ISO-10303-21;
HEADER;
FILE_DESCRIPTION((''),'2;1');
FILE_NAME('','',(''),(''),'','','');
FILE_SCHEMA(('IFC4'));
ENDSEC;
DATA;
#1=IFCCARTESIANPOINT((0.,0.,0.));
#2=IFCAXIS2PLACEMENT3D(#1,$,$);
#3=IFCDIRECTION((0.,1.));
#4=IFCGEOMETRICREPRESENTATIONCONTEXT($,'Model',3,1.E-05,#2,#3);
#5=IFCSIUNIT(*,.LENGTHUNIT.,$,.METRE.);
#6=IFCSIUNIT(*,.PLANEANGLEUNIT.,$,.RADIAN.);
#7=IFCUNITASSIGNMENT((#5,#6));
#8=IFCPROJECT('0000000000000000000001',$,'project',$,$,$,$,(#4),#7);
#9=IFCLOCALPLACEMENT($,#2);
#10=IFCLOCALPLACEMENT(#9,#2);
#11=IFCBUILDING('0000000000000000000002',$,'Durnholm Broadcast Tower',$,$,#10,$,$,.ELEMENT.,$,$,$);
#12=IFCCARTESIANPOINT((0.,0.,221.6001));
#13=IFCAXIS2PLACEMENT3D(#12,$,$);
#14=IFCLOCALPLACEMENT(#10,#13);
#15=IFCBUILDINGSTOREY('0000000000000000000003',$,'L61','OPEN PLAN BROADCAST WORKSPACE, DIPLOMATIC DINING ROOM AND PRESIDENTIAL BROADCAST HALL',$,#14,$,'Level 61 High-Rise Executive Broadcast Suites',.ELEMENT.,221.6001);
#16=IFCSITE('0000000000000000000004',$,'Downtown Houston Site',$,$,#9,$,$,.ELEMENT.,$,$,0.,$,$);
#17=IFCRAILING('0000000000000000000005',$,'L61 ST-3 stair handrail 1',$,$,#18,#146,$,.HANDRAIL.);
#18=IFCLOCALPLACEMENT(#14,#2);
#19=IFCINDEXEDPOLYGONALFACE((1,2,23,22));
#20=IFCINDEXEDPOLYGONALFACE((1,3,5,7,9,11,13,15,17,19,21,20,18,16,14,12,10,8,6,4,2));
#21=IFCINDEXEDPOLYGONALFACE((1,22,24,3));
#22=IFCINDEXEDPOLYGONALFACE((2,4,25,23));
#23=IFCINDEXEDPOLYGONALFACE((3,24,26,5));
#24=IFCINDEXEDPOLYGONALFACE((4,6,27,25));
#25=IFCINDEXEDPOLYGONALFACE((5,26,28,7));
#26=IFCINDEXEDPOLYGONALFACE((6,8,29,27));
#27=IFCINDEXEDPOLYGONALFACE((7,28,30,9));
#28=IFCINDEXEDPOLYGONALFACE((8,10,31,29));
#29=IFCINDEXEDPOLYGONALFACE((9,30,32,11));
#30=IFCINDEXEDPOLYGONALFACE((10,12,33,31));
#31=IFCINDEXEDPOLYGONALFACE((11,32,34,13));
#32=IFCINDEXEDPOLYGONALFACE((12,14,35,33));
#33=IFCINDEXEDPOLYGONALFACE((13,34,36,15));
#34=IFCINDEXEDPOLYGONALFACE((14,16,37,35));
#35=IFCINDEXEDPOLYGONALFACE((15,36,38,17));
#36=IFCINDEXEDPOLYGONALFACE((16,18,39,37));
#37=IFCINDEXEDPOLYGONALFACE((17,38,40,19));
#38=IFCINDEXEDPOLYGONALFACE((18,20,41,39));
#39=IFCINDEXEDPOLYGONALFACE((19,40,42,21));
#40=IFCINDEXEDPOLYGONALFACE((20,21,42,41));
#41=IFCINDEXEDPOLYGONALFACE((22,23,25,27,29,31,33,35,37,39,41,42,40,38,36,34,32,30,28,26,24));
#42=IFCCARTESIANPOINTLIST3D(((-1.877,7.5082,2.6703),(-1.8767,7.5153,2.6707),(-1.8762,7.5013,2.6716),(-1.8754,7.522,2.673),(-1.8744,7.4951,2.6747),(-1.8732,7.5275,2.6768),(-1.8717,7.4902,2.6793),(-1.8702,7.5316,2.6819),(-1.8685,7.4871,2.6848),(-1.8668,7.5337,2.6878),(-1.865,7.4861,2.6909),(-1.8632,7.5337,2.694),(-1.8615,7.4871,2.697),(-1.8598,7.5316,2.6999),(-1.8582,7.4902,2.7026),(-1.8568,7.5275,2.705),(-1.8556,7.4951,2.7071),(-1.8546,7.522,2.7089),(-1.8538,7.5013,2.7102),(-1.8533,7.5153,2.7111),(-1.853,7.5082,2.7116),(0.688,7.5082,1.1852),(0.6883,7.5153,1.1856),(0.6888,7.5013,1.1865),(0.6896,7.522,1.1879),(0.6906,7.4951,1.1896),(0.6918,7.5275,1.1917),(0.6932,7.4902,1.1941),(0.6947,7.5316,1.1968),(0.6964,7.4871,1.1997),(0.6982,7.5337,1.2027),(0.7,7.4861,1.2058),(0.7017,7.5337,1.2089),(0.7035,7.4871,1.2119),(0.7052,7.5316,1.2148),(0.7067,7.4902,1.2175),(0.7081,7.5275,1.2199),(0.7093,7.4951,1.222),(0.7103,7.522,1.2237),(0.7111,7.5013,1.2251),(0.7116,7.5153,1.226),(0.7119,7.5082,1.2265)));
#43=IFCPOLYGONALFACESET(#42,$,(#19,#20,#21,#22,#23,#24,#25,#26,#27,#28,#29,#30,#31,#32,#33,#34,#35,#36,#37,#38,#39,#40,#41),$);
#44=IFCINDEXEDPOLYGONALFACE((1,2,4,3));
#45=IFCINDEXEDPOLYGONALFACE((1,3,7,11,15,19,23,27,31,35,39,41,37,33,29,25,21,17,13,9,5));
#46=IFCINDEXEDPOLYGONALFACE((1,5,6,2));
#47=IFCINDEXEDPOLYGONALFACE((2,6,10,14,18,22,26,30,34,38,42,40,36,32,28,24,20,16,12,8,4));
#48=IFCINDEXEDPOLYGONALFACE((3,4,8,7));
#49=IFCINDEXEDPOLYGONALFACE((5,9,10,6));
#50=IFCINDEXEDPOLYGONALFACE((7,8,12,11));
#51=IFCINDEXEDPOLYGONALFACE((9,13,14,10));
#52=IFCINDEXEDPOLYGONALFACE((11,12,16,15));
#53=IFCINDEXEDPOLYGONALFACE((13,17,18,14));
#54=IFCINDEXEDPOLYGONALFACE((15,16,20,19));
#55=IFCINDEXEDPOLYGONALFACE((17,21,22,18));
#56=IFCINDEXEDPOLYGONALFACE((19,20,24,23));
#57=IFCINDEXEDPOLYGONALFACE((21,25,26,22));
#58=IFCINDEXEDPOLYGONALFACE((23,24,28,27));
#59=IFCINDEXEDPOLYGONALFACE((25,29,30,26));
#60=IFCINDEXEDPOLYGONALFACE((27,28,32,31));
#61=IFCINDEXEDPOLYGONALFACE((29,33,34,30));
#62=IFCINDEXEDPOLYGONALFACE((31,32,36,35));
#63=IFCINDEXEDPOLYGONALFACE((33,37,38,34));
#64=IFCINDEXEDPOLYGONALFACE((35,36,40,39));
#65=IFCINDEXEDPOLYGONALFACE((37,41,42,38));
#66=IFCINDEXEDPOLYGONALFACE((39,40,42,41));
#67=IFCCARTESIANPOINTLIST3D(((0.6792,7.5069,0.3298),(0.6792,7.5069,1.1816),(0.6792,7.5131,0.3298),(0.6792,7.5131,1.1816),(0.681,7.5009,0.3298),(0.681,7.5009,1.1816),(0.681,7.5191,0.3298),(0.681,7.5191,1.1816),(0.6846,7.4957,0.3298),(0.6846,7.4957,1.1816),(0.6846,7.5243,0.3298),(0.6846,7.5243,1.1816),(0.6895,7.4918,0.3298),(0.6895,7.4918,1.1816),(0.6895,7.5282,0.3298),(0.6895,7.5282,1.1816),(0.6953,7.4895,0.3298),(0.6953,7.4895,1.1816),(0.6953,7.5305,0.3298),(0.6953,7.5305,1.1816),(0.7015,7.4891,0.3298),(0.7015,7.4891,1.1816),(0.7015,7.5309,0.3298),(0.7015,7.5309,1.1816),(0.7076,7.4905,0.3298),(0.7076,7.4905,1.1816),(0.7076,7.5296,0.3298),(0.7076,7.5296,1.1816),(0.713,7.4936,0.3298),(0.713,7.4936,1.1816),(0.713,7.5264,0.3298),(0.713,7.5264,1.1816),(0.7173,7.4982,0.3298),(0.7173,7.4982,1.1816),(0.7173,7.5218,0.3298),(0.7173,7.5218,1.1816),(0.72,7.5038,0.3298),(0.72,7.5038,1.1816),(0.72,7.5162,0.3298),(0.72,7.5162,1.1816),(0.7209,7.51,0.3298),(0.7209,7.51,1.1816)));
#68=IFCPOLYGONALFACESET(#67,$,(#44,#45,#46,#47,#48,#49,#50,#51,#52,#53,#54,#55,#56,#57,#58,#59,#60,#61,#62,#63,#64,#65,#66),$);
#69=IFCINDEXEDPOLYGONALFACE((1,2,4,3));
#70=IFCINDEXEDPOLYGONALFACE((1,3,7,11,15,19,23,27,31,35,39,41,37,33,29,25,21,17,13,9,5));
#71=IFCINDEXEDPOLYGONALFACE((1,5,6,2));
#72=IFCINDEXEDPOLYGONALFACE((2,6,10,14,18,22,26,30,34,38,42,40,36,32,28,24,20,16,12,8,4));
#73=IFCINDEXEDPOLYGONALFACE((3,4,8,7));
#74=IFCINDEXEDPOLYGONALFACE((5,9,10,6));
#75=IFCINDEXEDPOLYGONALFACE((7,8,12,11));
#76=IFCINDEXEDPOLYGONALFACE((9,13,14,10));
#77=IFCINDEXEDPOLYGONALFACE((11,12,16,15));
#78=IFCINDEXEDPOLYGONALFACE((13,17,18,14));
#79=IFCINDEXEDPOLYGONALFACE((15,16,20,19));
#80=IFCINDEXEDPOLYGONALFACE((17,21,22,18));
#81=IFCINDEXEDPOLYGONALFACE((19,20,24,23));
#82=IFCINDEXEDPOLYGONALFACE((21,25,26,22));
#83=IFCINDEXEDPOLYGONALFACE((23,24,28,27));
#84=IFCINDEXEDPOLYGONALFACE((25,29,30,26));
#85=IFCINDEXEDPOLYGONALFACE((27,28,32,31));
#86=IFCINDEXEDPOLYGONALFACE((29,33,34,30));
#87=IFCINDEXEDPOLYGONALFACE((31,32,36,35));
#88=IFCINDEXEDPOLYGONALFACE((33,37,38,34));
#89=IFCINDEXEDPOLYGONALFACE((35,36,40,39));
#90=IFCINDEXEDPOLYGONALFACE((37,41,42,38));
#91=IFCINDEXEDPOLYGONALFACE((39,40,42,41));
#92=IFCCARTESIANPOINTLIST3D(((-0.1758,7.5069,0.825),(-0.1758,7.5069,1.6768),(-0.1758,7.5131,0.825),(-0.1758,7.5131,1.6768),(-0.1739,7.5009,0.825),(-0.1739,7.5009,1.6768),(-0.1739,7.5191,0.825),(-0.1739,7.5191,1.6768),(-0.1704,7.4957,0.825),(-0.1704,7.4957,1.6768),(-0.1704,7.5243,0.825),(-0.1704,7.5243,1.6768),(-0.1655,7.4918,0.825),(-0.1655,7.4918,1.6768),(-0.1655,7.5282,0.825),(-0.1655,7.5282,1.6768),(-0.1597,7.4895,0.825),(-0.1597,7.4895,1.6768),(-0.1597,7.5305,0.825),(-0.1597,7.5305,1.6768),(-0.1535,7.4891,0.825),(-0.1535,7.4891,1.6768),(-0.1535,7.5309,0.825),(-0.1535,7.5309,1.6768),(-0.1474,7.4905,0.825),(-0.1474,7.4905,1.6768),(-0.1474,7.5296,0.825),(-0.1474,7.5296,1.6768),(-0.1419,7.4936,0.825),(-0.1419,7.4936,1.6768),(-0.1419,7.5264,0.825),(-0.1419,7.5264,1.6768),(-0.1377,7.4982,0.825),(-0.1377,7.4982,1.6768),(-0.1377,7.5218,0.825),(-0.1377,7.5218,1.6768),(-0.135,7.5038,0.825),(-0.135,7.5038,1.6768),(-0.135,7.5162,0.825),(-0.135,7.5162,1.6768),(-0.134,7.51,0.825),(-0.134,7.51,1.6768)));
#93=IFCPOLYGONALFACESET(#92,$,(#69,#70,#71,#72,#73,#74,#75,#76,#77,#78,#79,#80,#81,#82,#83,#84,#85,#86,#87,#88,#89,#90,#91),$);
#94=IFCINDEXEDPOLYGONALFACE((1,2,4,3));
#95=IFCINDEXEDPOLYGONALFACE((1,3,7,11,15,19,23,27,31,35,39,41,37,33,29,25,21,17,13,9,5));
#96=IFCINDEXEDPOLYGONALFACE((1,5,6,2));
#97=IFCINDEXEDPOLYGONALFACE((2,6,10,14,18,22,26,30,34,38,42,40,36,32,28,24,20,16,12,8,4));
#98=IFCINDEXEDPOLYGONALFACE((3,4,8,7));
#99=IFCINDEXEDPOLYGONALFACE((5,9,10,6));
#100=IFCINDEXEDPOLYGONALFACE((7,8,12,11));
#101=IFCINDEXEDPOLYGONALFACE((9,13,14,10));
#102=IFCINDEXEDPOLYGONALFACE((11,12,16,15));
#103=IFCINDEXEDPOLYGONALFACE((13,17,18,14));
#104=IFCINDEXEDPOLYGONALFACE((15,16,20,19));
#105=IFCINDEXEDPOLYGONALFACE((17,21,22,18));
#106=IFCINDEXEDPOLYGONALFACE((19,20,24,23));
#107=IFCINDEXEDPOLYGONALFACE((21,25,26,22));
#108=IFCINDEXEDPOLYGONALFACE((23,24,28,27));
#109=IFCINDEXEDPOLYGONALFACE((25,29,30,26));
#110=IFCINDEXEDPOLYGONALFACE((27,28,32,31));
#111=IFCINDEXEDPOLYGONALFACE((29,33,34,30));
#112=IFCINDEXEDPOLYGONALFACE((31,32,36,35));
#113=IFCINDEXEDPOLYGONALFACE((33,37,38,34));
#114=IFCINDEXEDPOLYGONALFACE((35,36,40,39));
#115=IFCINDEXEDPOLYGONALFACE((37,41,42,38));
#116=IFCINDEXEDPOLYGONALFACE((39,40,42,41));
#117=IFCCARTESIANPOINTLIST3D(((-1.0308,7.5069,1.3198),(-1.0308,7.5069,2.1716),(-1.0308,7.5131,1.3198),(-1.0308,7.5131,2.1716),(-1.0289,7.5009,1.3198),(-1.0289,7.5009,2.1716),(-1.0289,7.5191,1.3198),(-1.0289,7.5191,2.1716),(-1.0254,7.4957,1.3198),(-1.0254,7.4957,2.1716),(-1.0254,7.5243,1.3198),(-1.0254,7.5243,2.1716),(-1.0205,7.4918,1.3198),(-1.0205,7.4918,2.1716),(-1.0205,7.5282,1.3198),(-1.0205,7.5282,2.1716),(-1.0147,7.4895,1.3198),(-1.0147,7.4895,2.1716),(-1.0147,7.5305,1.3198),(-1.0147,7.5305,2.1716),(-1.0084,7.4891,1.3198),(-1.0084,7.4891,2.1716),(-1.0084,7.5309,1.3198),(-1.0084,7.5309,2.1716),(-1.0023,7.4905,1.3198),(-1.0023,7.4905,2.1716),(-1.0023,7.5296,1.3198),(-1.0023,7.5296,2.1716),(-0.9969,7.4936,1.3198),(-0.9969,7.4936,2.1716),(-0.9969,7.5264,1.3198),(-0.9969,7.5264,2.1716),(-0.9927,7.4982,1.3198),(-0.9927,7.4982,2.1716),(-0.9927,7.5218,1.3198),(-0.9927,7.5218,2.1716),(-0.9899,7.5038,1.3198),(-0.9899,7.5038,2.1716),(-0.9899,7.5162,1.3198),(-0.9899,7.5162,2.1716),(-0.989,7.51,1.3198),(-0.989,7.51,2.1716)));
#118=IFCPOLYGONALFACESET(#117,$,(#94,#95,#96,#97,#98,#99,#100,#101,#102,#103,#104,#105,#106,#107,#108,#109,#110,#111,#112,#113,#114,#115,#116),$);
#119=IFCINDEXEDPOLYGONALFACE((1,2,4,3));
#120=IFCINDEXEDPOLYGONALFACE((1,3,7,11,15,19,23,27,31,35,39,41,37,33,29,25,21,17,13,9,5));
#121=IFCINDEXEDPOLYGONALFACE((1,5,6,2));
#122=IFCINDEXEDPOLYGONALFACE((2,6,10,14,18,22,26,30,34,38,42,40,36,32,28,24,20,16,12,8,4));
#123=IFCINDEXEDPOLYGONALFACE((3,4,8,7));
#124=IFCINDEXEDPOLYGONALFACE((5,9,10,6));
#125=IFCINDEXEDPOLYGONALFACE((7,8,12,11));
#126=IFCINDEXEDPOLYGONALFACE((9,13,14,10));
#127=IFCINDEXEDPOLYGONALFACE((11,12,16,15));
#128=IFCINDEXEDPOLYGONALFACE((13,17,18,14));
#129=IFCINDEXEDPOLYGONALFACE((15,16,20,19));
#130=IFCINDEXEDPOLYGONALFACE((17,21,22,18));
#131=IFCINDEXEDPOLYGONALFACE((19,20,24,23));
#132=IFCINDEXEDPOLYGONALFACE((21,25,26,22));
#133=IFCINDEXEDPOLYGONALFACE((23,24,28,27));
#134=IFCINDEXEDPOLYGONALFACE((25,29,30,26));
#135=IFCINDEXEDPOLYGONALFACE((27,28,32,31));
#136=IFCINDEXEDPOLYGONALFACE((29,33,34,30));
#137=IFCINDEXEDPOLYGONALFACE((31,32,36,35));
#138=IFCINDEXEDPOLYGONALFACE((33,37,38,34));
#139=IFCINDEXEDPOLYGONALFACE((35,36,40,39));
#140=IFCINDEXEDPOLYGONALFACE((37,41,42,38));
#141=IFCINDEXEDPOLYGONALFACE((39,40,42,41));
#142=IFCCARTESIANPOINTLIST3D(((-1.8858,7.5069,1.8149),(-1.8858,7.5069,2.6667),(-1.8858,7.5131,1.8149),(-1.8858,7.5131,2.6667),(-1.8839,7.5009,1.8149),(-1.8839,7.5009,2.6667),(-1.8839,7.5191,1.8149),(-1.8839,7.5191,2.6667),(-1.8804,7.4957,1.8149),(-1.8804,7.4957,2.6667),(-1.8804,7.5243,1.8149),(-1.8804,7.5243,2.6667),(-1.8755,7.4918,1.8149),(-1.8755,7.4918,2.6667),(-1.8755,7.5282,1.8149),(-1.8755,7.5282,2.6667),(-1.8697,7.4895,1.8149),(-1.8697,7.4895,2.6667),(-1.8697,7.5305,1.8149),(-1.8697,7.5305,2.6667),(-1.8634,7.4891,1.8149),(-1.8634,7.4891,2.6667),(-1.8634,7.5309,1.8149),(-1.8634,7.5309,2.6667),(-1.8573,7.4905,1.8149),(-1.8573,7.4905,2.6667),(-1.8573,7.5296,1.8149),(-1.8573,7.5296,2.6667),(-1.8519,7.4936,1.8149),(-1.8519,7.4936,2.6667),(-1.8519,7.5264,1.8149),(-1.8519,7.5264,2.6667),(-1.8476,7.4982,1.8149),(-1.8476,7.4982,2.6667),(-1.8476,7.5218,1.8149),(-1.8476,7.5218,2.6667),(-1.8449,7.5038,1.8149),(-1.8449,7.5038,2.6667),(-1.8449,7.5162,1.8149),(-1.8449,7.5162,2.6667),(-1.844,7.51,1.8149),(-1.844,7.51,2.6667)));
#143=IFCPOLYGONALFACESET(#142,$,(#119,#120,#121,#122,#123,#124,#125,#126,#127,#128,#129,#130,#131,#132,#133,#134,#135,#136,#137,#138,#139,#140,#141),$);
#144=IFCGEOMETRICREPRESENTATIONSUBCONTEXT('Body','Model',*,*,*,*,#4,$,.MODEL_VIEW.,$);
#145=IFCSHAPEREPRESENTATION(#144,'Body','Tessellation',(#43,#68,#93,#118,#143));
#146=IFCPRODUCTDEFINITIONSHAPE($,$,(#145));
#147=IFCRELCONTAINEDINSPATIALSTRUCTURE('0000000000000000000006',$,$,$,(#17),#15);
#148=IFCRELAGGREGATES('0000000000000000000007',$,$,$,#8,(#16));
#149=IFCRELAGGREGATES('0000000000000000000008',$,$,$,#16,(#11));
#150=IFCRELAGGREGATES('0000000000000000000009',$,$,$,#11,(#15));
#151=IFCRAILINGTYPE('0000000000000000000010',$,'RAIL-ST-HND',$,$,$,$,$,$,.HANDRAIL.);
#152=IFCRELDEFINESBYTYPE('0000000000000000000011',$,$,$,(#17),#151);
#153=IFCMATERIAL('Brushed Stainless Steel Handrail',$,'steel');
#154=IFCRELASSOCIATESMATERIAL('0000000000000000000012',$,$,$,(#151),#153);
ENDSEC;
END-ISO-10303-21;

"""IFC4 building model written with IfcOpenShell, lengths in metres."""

from ifc_helpers import new_model, si_unit, direction, frame, origin, origin_2d, place, context, subcontext, project, spatial, circle, extrude, material, type_object, element, save


model = new_model("IFC4")

# Units and contexts
model_context = context("Model", 3, precision=1e-05, world=origin(), true_north=direction((0.0, 1.0)))
body_context = subcontext(model_context, "Body", "Model", "MODEL_VIEW")
ifc_project = project(units=[si_unit("LENGTHUNIT", "METRE"), si_unit("PLANEANGLEUNIT", "RADIAN")], contexts=[model_context])

# Site, building, storey
site_placement = place(None, origin())
site = spatial("IfcSite", under=ifc_project, at=site_placement, Name="Downtown Houston Site", CompositionType="ELEMENT", RefElevation=0.0)
building_placement = place(site_placement, origin())
building = spatial("IfcBuilding", under=site, at=building_placement, Name="Durnholm Broadcast Tower", CompositionType="ELEMENT")
storey_placement = place(building_placement, frame((0.0, 0.0, 221.6001)))
storey = spatial("IfcBuildingStorey", under=building, at=storey_placement, Name="L61", Description="OPEN PLAN BROADCAST WORKSPACE, DIPLOMATIC DINING ROOM AND PRESIDENTIAL BROADCAST HALL", LongName="Level 61 High-Rise Executive Broadcast Suites", CompositionType="ELEMENT", Elevation=221.6001)

# Railing
ifc_material_1 = material(Name="Brushed Stainless Steel Handrail", Category="steel")
railing_type_1 = type_object("IfcRailingType", Name="RAIL-ST-HND", PredefinedType="HANDRAIL", material=ifc_material_1)
railing_1_placement = place(storey_placement, frame((0.7, 7.51, 0.3298)))
element("IfcRailing", 1, at=railing_1_placement, inside=storey, type_object=railing_type_1, Name="L61 ST-3 stair handrail 1", PredefinedType="HANDRAIL", context=body_context, shape_type="SweptSolid", body=[
    extrude(circle(Radius=0.0239, at=origin_2d()), frame((0.0, 0.0, 0.876), z_axis=(-0.865406, 0.0, 0.501072), x_axis=(0.0, -1.0, 0.0)), (0.0, 0.0, 1.0), 2.9639),
    extrude(circle(Radius=0.021, at=origin_2d()), origin(), (0.0, 0.0, 1.0), 0.8518),
    extrude(circle(Radius=0.021, at=origin_2d()), frame((-0.855, 0.0, 0.4951)), (0.0, 0.0, 1.0), 0.8518),
    extrude(circle(Radius=0.021, at=origin_2d()), frame((-1.71, 0.0, 0.99)), (0.0, 0.0, 1.0), 0.8518),
    extrude(circle(Radius=0.021, at=origin_2d()), frame((-2.5649, 0.0, 1.4851)), (0.0, 0.0, 1.0), 0.8518),
])

save(model, "model.ifc")
